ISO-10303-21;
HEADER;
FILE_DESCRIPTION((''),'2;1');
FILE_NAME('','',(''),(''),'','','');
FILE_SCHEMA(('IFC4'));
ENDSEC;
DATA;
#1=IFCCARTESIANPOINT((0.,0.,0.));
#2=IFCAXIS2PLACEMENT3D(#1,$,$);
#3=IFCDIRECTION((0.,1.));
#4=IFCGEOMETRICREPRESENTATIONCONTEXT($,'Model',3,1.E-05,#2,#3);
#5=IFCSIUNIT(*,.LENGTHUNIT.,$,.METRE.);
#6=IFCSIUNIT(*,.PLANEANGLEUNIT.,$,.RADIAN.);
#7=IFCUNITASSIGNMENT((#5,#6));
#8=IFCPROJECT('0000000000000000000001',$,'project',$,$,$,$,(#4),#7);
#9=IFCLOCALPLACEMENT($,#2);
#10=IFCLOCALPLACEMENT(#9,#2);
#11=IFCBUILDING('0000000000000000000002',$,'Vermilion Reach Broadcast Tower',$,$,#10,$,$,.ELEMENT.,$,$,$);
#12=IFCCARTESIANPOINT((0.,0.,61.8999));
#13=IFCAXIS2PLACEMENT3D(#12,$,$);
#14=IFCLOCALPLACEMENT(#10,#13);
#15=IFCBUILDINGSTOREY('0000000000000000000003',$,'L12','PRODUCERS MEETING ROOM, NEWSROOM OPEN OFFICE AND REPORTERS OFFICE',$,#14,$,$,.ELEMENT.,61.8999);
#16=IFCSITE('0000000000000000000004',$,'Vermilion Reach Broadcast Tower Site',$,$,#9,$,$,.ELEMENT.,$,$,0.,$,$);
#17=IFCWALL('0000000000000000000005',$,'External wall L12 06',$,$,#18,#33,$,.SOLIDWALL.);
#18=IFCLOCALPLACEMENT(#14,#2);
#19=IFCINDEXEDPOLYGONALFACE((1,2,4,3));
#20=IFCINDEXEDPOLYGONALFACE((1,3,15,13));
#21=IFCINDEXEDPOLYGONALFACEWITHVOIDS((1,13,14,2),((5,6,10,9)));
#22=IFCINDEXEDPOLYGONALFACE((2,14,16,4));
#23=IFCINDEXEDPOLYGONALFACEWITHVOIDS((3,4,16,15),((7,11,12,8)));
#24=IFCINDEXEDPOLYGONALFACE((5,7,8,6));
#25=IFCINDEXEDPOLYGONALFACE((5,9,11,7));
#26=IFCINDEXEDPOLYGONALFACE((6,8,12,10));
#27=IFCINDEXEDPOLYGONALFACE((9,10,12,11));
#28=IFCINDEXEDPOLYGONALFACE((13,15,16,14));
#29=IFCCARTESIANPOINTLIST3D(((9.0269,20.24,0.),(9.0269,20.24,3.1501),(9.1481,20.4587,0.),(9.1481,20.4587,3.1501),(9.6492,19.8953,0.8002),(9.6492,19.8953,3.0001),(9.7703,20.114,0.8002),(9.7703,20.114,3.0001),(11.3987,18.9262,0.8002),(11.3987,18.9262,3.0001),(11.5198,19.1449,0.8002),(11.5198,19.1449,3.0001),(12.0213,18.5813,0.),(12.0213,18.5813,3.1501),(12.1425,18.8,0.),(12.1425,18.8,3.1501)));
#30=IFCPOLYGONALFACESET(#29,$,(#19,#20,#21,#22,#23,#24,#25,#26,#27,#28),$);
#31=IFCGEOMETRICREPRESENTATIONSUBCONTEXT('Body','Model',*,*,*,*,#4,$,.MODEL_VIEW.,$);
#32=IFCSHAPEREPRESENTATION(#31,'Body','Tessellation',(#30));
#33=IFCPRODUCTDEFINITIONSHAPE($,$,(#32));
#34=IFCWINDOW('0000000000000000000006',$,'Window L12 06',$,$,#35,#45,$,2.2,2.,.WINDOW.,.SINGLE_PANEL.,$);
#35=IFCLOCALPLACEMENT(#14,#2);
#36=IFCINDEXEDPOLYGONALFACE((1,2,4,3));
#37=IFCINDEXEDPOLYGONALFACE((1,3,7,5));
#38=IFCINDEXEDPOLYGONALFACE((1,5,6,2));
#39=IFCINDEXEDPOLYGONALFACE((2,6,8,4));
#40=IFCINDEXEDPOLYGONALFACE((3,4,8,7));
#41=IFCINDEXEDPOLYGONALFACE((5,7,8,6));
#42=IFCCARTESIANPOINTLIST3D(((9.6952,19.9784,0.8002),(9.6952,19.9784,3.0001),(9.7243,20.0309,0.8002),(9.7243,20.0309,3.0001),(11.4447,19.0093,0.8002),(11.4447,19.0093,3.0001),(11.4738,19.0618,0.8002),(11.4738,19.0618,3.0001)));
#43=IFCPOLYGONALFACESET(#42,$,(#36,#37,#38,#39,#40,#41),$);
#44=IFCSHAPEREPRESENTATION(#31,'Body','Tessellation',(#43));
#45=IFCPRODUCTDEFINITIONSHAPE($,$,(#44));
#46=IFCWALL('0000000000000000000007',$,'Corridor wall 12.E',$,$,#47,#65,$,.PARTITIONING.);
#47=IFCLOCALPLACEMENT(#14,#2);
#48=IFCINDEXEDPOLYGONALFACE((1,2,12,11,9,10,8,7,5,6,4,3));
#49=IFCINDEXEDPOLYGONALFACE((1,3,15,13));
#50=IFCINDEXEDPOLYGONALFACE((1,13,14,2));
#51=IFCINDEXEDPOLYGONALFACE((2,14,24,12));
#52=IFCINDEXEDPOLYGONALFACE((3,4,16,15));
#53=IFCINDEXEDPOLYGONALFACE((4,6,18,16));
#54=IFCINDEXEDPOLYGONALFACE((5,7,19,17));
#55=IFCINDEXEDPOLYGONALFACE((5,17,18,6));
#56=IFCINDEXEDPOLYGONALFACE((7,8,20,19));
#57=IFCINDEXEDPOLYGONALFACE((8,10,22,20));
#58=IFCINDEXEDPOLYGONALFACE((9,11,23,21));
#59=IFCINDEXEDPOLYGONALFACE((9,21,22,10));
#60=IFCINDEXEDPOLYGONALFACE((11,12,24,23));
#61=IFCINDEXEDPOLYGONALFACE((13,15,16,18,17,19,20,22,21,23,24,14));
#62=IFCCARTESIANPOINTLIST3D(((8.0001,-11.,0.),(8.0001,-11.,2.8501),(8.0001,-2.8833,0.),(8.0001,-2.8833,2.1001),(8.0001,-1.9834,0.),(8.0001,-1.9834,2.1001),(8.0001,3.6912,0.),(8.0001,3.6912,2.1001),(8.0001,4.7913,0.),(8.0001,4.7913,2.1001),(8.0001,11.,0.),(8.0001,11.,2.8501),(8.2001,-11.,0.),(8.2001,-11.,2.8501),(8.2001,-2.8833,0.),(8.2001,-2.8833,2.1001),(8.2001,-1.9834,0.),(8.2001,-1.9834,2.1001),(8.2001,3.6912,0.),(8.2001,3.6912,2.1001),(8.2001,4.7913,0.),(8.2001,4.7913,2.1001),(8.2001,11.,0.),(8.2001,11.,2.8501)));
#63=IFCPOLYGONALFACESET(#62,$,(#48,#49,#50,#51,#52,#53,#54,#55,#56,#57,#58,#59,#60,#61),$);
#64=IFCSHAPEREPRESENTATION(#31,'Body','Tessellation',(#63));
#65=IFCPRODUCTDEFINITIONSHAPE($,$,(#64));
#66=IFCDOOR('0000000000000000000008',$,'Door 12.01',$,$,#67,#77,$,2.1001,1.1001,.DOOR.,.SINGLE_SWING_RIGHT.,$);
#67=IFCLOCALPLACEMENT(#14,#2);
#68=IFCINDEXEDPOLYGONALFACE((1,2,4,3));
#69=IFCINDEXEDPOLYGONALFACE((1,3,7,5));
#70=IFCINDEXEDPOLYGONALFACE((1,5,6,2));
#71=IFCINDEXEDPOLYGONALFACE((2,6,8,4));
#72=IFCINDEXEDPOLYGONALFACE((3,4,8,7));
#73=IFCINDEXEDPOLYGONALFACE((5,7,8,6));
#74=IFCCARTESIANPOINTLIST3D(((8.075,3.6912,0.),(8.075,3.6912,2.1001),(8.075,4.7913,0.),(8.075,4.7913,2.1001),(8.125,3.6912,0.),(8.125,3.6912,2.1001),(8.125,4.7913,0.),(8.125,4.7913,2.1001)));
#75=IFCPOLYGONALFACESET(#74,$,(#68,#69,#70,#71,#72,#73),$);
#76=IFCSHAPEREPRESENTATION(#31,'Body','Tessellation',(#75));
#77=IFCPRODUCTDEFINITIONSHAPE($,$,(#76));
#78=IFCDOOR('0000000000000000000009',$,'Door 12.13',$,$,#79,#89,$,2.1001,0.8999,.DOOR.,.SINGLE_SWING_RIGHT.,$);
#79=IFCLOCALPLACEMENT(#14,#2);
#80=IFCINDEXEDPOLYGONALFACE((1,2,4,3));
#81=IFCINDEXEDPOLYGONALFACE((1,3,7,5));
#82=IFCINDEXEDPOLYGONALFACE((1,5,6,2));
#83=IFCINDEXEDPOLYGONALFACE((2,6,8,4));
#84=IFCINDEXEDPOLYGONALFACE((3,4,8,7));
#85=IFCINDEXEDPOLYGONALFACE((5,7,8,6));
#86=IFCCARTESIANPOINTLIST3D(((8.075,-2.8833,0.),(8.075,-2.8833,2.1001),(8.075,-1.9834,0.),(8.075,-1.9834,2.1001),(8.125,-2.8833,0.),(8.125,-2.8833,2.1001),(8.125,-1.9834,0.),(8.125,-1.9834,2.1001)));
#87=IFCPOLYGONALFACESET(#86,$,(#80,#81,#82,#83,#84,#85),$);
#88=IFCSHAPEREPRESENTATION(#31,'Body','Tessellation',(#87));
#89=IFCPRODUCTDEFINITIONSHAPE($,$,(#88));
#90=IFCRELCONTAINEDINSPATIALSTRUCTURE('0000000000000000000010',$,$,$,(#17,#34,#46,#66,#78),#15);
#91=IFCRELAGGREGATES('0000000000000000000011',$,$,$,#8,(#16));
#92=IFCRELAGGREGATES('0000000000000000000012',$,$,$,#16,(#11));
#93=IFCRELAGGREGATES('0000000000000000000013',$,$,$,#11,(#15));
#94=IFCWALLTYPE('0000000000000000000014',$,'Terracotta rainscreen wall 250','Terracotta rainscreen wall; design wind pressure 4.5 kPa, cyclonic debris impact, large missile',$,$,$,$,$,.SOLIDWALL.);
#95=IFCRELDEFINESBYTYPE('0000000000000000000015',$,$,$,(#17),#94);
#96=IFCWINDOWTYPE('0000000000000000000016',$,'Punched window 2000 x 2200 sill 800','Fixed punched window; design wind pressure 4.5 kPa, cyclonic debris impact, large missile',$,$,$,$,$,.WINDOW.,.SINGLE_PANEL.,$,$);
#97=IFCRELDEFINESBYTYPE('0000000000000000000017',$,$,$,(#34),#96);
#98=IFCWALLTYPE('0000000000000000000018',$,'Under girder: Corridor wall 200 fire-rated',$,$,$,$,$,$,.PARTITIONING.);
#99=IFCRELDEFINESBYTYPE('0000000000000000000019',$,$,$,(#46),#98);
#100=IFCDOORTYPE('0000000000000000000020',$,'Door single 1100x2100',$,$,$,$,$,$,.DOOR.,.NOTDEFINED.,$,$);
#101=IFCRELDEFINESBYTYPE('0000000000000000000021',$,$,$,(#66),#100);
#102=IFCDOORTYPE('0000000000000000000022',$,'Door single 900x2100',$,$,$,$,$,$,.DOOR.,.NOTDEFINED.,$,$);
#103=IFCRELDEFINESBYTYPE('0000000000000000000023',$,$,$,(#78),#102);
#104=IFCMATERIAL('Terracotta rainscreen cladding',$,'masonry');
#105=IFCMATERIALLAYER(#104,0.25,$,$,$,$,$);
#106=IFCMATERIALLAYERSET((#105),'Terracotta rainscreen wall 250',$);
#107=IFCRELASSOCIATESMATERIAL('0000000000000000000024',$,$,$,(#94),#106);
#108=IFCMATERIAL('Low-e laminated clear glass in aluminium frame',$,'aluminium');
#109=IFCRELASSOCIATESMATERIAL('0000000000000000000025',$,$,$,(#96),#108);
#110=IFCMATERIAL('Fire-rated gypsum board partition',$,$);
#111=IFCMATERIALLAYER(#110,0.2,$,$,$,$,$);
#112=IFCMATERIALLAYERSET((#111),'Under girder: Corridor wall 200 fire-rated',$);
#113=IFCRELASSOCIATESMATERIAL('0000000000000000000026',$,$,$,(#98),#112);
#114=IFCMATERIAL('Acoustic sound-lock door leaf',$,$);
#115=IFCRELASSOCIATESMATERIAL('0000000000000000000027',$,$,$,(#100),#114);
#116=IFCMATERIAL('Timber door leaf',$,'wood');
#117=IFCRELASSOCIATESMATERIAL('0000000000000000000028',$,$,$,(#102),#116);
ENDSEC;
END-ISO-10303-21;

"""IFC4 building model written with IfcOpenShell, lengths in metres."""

from ifc_helpers import new_model, si_unit, direction, frame, frame_2d, origin, place, context, subcontext, project, spatial, rectangle, extrude, material, layer, layer_set, type_object, element, fill, save


model = new_model("IFC4")

# Units and contexts
model_context = context("Model", 3, precision=1e-05, world=origin(), true_north=direction((0.0, 1.0)))
body_context = subcontext(model_context, "Body", "Model", "MODEL_VIEW")
ifc_project = project(units=[si_unit("LENGTHUNIT", "METRE"), si_unit("PLANEANGLEUNIT", "RADIAN")], contexts=[model_context])

# Site, building, storey
site_placement = place(None, origin())
site = spatial("IfcSite", under=ifc_project, at=site_placement, Name="Vermilion Reach Broadcast Tower Site", CompositionType="ELEMENT", RefElevation=0.0)
building_placement = place(site_placement, origin())
building = spatial("IfcBuilding", under=site, at=building_placement, Name="Vermilion Reach Broadcast Tower", CompositionType="ELEMENT")
storey_placement = place(building_placement, frame((0.0, 0.0, 61.8999)))
storey = spatial("IfcBuildingStorey", under=building, at=storey_placement, Name="L12", Description="PRODUCERS MEETING ROOM, NEWSROOM OPEN OFFICE AND REPORTERS OFFICE", CompositionType="ELEMENT", Elevation=61.8999)

# Shared definitions
ifc_material_1 = material(Name="Terracotta rainscreen cladding", Category="masonry")
ifc_layer_1 = layer(ifc_material_1, 0.25)
ifc_layer_set_1 = layer_set([ifc_layer_1], Name="Terracotta rainscreen wall 250")
wall_type_1 = type_object("IfcWallType", Name="Terracotta rainscreen wall 250", Description="Terracotta rainscreen wall; design wind pressure 4.5 kPa, cyclonic debris impact, large missile", PredefinedType="SOLIDWALL", material=ifc_layer_set_1)

# Wall, opening, window
ifc_material_2 = material(Name="Low-e laminated clear glass in aluminium frame", Category="aluminium")
window_type = type_object("IfcWindowType", Name="Punched window 2000 x 2200 sill 800", Description="Fixed punched window; design wind pressure 4.5 kPa, cyclonic debris impact, large missile", PartitioningType="SINGLE_PANEL", PredefinedType="WINDOW", material=ifc_material_2)
wall_1_placement = place(storey_placement, frame((12.0818, 18.6907, 0.0), z_axis=(0.0, 0.0, 1.0), x_axis=(-0.874759, 0.484559, 0.0)))
wall_1 = element("IfcWall", 1, at=wall_1_placement, inside=storey, type_object=wall_type_1, Name="External wall L12 06", PredefinedType="SOLIDWALL", context=body_context, shape_type="SweptSolid", body=[
    extrude(rectangle(XDim=3.4231, YDim=0.25, at=frame_2d((1.7114, 0.0))), origin(), (0.0, 0.0, 1.0), 3.1501),
])
opening_1_placement = place(wall_1_placement, frame((0.7117, 0.0, 0.8)))
opening_1 = element("IfcOpeningElement", 2, at=opening_1_placement, cuts=wall_1, PredefinedType="OPENING", context=body_context, shape_type="SweptSolid", body=[
    extrude(rectangle(XDim=2.0, YDim=2.2, at=frame_2d((1.0, 1.1001))), frame((0.0, 0.135, 0.0), z_axis=(0.0, -1.0, 0.0), x_axis=(1.0, 0.0, 0.0)), (0.0, 0.0, 1.0), 0.27),
])
window_1_placement = place(opening_1_placement, origin())
window_1 = element("IfcWindow", 3, at=window_1_placement, inside=storey, type_object=window_type, Name="Window L12 06", OverallHeight=2.2, OverallWidth=2.0, PartitioningType="SINGLE_PANEL", PredefinedType="WINDOW", context=body_context, shape_type="SweptSolid", body=[
    extrude(rectangle(XDim=2.0, YDim=2.2, at=frame_2d((1.0, 1.1001))), frame((0.0, 0.03, 0.0), z_axis=(0.0, -1.0, 0.0), x_axis=(1.0, 0.0, 0.0)), (0.0, 0.0, 1.0), 0.0601),
])
fill(opening_1, window_1)

# Wall, openings, doors
ifc_material_3 = material(Name="Fire-rated gypsum board partition")
ifc_layer_2 = layer(ifc_material_3, 0.2)
ifc_layer_set_2 = layer_set([ifc_layer_2], Name="Under girder: Corridor wall 200 fire-rated")
wall_type_2 = type_object("IfcWallType", Name="Under girder: Corridor wall 200 fire-rated", PredefinedType="PARTITIONING", material=ifc_layer_set_2)
wall_2_placement = place(storey_placement, frame((8.1001, 11.0, 0.0), z_axis=(0.0, 0.0, 1.0), x_axis=(0.0, -1.0, 0.0)))
wall_2 = element("IfcWall", 4, at=wall_2_placement, inside=storey, type_object=wall_type_2, Name="Corridor wall 12.E", PredefinedType="PARTITIONING", context=body_context, shape_type="SweptSolid", body=[
    extrude(rectangle(XDim=22.0, YDim=0.2, at=frame_2d((11.0, 0.0))), origin(), (0.0, 0.0, 1.0), 2.8501),
])
opening_2_placement = place(wall_2_placement, frame((6.2087, 0.0, 0.0)))
opening_2 = element("IfcOpeningElement", 5, at=opening_2_placement, cuts=wall_2, PredefinedType="OPENING", context=body_context, shape_type="SweptSolid", body=[
    extrude(rectangle(XDim=1.1001, YDim=2.1001, at=frame_2d((0.55, 1.05))), frame((0.0, 0.1099, 0.0), z_axis=(0.0, -1.0, 0.0), x_axis=(1.0, 0.0, 0.0)), (0.0, 0.0, 1.0), 0.22),
])
opening_3_placement = place(wall_2_placement, frame((12.9834, 0.0, 0.0)))
opening_3 = element("IfcOpeningElement", 6, at=opening_3_placement, cuts=wall_2, PredefinedType="OPENING", context=body_context, shape_type="SweptSolid", body=[
    extrude(rectangle(XDim=0.8999, YDim=2.1001, at=frame_2d((0.45, 1.05))), frame((0.0, 0.1099, 0.0), z_axis=(0.0, -1.0, 0.0), x_axis=(1.0, 0.0, 0.0)), (0.0, 0.0, 1.0), 0.22),
])
ifc_material_4 = material(Name="Acoustic sound-lock door leaf")
door_type_1 = type_object("IfcDoorType", Name="Door single 1100x2100", OperationType="NOTDEFINED", PredefinedType="DOOR", material=ifc_material_4)
door_1_placement = place(opening_2_placement, origin())
door_1 = element("IfcDoor", 7, at=door_1_placement, inside=storey, type_object=door_type_1, Name="Door 12.01", OperationType="SINGLE_SWING_RIGHT", OverallHeight=2.1001, OverallWidth=1.1001, PredefinedType="DOOR", context=body_context, shape_type="SweptSolid", body=[
    extrude(rectangle(XDim=1.1001, YDim=2.1001, at=frame_2d((0.55, 1.05))), frame((0.0, 0.0249, 0.0), z_axis=(0.0, -1.0, 0.0), x_axis=(1.0, 0.0, 0.0)), (0.0, 0.0, 1.0), 0.05),
])
fill(opening_2, door_1)
ifc_material_5 = material(Name="Timber door leaf", Category="wood")
door_type_2 = type_object("IfcDoorType", Name="Door single 900x2100", OperationType="NOTDEFINED", PredefinedType="DOOR", material=ifc_material_5)
door_2_placement = place(opening_3_placement, origin())
door_2 = element("IfcDoor", 8, at=door_2_placement, inside=storey, type_object=door_type_2, Name="Door 12.13", OperationType="SINGLE_SWING_RIGHT", OverallHeight=2.1001, OverallWidth=0.8999, PredefinedType="DOOR", context=body_context, shape_type="SweptSolid", body=[
    extrude(rectangle(XDim=0.8999, YDim=2.1001, at=frame_2d((0.45, 1.05))), frame((0.0, 0.0249, 0.0), z_axis=(0.0, -1.0, 0.0), x_axis=(1.0, 0.0, 0.0)), (0.0, 0.0, 1.0), 0.05),
])
fill(opening_3, door_2)

save(model, "model.ifc")
